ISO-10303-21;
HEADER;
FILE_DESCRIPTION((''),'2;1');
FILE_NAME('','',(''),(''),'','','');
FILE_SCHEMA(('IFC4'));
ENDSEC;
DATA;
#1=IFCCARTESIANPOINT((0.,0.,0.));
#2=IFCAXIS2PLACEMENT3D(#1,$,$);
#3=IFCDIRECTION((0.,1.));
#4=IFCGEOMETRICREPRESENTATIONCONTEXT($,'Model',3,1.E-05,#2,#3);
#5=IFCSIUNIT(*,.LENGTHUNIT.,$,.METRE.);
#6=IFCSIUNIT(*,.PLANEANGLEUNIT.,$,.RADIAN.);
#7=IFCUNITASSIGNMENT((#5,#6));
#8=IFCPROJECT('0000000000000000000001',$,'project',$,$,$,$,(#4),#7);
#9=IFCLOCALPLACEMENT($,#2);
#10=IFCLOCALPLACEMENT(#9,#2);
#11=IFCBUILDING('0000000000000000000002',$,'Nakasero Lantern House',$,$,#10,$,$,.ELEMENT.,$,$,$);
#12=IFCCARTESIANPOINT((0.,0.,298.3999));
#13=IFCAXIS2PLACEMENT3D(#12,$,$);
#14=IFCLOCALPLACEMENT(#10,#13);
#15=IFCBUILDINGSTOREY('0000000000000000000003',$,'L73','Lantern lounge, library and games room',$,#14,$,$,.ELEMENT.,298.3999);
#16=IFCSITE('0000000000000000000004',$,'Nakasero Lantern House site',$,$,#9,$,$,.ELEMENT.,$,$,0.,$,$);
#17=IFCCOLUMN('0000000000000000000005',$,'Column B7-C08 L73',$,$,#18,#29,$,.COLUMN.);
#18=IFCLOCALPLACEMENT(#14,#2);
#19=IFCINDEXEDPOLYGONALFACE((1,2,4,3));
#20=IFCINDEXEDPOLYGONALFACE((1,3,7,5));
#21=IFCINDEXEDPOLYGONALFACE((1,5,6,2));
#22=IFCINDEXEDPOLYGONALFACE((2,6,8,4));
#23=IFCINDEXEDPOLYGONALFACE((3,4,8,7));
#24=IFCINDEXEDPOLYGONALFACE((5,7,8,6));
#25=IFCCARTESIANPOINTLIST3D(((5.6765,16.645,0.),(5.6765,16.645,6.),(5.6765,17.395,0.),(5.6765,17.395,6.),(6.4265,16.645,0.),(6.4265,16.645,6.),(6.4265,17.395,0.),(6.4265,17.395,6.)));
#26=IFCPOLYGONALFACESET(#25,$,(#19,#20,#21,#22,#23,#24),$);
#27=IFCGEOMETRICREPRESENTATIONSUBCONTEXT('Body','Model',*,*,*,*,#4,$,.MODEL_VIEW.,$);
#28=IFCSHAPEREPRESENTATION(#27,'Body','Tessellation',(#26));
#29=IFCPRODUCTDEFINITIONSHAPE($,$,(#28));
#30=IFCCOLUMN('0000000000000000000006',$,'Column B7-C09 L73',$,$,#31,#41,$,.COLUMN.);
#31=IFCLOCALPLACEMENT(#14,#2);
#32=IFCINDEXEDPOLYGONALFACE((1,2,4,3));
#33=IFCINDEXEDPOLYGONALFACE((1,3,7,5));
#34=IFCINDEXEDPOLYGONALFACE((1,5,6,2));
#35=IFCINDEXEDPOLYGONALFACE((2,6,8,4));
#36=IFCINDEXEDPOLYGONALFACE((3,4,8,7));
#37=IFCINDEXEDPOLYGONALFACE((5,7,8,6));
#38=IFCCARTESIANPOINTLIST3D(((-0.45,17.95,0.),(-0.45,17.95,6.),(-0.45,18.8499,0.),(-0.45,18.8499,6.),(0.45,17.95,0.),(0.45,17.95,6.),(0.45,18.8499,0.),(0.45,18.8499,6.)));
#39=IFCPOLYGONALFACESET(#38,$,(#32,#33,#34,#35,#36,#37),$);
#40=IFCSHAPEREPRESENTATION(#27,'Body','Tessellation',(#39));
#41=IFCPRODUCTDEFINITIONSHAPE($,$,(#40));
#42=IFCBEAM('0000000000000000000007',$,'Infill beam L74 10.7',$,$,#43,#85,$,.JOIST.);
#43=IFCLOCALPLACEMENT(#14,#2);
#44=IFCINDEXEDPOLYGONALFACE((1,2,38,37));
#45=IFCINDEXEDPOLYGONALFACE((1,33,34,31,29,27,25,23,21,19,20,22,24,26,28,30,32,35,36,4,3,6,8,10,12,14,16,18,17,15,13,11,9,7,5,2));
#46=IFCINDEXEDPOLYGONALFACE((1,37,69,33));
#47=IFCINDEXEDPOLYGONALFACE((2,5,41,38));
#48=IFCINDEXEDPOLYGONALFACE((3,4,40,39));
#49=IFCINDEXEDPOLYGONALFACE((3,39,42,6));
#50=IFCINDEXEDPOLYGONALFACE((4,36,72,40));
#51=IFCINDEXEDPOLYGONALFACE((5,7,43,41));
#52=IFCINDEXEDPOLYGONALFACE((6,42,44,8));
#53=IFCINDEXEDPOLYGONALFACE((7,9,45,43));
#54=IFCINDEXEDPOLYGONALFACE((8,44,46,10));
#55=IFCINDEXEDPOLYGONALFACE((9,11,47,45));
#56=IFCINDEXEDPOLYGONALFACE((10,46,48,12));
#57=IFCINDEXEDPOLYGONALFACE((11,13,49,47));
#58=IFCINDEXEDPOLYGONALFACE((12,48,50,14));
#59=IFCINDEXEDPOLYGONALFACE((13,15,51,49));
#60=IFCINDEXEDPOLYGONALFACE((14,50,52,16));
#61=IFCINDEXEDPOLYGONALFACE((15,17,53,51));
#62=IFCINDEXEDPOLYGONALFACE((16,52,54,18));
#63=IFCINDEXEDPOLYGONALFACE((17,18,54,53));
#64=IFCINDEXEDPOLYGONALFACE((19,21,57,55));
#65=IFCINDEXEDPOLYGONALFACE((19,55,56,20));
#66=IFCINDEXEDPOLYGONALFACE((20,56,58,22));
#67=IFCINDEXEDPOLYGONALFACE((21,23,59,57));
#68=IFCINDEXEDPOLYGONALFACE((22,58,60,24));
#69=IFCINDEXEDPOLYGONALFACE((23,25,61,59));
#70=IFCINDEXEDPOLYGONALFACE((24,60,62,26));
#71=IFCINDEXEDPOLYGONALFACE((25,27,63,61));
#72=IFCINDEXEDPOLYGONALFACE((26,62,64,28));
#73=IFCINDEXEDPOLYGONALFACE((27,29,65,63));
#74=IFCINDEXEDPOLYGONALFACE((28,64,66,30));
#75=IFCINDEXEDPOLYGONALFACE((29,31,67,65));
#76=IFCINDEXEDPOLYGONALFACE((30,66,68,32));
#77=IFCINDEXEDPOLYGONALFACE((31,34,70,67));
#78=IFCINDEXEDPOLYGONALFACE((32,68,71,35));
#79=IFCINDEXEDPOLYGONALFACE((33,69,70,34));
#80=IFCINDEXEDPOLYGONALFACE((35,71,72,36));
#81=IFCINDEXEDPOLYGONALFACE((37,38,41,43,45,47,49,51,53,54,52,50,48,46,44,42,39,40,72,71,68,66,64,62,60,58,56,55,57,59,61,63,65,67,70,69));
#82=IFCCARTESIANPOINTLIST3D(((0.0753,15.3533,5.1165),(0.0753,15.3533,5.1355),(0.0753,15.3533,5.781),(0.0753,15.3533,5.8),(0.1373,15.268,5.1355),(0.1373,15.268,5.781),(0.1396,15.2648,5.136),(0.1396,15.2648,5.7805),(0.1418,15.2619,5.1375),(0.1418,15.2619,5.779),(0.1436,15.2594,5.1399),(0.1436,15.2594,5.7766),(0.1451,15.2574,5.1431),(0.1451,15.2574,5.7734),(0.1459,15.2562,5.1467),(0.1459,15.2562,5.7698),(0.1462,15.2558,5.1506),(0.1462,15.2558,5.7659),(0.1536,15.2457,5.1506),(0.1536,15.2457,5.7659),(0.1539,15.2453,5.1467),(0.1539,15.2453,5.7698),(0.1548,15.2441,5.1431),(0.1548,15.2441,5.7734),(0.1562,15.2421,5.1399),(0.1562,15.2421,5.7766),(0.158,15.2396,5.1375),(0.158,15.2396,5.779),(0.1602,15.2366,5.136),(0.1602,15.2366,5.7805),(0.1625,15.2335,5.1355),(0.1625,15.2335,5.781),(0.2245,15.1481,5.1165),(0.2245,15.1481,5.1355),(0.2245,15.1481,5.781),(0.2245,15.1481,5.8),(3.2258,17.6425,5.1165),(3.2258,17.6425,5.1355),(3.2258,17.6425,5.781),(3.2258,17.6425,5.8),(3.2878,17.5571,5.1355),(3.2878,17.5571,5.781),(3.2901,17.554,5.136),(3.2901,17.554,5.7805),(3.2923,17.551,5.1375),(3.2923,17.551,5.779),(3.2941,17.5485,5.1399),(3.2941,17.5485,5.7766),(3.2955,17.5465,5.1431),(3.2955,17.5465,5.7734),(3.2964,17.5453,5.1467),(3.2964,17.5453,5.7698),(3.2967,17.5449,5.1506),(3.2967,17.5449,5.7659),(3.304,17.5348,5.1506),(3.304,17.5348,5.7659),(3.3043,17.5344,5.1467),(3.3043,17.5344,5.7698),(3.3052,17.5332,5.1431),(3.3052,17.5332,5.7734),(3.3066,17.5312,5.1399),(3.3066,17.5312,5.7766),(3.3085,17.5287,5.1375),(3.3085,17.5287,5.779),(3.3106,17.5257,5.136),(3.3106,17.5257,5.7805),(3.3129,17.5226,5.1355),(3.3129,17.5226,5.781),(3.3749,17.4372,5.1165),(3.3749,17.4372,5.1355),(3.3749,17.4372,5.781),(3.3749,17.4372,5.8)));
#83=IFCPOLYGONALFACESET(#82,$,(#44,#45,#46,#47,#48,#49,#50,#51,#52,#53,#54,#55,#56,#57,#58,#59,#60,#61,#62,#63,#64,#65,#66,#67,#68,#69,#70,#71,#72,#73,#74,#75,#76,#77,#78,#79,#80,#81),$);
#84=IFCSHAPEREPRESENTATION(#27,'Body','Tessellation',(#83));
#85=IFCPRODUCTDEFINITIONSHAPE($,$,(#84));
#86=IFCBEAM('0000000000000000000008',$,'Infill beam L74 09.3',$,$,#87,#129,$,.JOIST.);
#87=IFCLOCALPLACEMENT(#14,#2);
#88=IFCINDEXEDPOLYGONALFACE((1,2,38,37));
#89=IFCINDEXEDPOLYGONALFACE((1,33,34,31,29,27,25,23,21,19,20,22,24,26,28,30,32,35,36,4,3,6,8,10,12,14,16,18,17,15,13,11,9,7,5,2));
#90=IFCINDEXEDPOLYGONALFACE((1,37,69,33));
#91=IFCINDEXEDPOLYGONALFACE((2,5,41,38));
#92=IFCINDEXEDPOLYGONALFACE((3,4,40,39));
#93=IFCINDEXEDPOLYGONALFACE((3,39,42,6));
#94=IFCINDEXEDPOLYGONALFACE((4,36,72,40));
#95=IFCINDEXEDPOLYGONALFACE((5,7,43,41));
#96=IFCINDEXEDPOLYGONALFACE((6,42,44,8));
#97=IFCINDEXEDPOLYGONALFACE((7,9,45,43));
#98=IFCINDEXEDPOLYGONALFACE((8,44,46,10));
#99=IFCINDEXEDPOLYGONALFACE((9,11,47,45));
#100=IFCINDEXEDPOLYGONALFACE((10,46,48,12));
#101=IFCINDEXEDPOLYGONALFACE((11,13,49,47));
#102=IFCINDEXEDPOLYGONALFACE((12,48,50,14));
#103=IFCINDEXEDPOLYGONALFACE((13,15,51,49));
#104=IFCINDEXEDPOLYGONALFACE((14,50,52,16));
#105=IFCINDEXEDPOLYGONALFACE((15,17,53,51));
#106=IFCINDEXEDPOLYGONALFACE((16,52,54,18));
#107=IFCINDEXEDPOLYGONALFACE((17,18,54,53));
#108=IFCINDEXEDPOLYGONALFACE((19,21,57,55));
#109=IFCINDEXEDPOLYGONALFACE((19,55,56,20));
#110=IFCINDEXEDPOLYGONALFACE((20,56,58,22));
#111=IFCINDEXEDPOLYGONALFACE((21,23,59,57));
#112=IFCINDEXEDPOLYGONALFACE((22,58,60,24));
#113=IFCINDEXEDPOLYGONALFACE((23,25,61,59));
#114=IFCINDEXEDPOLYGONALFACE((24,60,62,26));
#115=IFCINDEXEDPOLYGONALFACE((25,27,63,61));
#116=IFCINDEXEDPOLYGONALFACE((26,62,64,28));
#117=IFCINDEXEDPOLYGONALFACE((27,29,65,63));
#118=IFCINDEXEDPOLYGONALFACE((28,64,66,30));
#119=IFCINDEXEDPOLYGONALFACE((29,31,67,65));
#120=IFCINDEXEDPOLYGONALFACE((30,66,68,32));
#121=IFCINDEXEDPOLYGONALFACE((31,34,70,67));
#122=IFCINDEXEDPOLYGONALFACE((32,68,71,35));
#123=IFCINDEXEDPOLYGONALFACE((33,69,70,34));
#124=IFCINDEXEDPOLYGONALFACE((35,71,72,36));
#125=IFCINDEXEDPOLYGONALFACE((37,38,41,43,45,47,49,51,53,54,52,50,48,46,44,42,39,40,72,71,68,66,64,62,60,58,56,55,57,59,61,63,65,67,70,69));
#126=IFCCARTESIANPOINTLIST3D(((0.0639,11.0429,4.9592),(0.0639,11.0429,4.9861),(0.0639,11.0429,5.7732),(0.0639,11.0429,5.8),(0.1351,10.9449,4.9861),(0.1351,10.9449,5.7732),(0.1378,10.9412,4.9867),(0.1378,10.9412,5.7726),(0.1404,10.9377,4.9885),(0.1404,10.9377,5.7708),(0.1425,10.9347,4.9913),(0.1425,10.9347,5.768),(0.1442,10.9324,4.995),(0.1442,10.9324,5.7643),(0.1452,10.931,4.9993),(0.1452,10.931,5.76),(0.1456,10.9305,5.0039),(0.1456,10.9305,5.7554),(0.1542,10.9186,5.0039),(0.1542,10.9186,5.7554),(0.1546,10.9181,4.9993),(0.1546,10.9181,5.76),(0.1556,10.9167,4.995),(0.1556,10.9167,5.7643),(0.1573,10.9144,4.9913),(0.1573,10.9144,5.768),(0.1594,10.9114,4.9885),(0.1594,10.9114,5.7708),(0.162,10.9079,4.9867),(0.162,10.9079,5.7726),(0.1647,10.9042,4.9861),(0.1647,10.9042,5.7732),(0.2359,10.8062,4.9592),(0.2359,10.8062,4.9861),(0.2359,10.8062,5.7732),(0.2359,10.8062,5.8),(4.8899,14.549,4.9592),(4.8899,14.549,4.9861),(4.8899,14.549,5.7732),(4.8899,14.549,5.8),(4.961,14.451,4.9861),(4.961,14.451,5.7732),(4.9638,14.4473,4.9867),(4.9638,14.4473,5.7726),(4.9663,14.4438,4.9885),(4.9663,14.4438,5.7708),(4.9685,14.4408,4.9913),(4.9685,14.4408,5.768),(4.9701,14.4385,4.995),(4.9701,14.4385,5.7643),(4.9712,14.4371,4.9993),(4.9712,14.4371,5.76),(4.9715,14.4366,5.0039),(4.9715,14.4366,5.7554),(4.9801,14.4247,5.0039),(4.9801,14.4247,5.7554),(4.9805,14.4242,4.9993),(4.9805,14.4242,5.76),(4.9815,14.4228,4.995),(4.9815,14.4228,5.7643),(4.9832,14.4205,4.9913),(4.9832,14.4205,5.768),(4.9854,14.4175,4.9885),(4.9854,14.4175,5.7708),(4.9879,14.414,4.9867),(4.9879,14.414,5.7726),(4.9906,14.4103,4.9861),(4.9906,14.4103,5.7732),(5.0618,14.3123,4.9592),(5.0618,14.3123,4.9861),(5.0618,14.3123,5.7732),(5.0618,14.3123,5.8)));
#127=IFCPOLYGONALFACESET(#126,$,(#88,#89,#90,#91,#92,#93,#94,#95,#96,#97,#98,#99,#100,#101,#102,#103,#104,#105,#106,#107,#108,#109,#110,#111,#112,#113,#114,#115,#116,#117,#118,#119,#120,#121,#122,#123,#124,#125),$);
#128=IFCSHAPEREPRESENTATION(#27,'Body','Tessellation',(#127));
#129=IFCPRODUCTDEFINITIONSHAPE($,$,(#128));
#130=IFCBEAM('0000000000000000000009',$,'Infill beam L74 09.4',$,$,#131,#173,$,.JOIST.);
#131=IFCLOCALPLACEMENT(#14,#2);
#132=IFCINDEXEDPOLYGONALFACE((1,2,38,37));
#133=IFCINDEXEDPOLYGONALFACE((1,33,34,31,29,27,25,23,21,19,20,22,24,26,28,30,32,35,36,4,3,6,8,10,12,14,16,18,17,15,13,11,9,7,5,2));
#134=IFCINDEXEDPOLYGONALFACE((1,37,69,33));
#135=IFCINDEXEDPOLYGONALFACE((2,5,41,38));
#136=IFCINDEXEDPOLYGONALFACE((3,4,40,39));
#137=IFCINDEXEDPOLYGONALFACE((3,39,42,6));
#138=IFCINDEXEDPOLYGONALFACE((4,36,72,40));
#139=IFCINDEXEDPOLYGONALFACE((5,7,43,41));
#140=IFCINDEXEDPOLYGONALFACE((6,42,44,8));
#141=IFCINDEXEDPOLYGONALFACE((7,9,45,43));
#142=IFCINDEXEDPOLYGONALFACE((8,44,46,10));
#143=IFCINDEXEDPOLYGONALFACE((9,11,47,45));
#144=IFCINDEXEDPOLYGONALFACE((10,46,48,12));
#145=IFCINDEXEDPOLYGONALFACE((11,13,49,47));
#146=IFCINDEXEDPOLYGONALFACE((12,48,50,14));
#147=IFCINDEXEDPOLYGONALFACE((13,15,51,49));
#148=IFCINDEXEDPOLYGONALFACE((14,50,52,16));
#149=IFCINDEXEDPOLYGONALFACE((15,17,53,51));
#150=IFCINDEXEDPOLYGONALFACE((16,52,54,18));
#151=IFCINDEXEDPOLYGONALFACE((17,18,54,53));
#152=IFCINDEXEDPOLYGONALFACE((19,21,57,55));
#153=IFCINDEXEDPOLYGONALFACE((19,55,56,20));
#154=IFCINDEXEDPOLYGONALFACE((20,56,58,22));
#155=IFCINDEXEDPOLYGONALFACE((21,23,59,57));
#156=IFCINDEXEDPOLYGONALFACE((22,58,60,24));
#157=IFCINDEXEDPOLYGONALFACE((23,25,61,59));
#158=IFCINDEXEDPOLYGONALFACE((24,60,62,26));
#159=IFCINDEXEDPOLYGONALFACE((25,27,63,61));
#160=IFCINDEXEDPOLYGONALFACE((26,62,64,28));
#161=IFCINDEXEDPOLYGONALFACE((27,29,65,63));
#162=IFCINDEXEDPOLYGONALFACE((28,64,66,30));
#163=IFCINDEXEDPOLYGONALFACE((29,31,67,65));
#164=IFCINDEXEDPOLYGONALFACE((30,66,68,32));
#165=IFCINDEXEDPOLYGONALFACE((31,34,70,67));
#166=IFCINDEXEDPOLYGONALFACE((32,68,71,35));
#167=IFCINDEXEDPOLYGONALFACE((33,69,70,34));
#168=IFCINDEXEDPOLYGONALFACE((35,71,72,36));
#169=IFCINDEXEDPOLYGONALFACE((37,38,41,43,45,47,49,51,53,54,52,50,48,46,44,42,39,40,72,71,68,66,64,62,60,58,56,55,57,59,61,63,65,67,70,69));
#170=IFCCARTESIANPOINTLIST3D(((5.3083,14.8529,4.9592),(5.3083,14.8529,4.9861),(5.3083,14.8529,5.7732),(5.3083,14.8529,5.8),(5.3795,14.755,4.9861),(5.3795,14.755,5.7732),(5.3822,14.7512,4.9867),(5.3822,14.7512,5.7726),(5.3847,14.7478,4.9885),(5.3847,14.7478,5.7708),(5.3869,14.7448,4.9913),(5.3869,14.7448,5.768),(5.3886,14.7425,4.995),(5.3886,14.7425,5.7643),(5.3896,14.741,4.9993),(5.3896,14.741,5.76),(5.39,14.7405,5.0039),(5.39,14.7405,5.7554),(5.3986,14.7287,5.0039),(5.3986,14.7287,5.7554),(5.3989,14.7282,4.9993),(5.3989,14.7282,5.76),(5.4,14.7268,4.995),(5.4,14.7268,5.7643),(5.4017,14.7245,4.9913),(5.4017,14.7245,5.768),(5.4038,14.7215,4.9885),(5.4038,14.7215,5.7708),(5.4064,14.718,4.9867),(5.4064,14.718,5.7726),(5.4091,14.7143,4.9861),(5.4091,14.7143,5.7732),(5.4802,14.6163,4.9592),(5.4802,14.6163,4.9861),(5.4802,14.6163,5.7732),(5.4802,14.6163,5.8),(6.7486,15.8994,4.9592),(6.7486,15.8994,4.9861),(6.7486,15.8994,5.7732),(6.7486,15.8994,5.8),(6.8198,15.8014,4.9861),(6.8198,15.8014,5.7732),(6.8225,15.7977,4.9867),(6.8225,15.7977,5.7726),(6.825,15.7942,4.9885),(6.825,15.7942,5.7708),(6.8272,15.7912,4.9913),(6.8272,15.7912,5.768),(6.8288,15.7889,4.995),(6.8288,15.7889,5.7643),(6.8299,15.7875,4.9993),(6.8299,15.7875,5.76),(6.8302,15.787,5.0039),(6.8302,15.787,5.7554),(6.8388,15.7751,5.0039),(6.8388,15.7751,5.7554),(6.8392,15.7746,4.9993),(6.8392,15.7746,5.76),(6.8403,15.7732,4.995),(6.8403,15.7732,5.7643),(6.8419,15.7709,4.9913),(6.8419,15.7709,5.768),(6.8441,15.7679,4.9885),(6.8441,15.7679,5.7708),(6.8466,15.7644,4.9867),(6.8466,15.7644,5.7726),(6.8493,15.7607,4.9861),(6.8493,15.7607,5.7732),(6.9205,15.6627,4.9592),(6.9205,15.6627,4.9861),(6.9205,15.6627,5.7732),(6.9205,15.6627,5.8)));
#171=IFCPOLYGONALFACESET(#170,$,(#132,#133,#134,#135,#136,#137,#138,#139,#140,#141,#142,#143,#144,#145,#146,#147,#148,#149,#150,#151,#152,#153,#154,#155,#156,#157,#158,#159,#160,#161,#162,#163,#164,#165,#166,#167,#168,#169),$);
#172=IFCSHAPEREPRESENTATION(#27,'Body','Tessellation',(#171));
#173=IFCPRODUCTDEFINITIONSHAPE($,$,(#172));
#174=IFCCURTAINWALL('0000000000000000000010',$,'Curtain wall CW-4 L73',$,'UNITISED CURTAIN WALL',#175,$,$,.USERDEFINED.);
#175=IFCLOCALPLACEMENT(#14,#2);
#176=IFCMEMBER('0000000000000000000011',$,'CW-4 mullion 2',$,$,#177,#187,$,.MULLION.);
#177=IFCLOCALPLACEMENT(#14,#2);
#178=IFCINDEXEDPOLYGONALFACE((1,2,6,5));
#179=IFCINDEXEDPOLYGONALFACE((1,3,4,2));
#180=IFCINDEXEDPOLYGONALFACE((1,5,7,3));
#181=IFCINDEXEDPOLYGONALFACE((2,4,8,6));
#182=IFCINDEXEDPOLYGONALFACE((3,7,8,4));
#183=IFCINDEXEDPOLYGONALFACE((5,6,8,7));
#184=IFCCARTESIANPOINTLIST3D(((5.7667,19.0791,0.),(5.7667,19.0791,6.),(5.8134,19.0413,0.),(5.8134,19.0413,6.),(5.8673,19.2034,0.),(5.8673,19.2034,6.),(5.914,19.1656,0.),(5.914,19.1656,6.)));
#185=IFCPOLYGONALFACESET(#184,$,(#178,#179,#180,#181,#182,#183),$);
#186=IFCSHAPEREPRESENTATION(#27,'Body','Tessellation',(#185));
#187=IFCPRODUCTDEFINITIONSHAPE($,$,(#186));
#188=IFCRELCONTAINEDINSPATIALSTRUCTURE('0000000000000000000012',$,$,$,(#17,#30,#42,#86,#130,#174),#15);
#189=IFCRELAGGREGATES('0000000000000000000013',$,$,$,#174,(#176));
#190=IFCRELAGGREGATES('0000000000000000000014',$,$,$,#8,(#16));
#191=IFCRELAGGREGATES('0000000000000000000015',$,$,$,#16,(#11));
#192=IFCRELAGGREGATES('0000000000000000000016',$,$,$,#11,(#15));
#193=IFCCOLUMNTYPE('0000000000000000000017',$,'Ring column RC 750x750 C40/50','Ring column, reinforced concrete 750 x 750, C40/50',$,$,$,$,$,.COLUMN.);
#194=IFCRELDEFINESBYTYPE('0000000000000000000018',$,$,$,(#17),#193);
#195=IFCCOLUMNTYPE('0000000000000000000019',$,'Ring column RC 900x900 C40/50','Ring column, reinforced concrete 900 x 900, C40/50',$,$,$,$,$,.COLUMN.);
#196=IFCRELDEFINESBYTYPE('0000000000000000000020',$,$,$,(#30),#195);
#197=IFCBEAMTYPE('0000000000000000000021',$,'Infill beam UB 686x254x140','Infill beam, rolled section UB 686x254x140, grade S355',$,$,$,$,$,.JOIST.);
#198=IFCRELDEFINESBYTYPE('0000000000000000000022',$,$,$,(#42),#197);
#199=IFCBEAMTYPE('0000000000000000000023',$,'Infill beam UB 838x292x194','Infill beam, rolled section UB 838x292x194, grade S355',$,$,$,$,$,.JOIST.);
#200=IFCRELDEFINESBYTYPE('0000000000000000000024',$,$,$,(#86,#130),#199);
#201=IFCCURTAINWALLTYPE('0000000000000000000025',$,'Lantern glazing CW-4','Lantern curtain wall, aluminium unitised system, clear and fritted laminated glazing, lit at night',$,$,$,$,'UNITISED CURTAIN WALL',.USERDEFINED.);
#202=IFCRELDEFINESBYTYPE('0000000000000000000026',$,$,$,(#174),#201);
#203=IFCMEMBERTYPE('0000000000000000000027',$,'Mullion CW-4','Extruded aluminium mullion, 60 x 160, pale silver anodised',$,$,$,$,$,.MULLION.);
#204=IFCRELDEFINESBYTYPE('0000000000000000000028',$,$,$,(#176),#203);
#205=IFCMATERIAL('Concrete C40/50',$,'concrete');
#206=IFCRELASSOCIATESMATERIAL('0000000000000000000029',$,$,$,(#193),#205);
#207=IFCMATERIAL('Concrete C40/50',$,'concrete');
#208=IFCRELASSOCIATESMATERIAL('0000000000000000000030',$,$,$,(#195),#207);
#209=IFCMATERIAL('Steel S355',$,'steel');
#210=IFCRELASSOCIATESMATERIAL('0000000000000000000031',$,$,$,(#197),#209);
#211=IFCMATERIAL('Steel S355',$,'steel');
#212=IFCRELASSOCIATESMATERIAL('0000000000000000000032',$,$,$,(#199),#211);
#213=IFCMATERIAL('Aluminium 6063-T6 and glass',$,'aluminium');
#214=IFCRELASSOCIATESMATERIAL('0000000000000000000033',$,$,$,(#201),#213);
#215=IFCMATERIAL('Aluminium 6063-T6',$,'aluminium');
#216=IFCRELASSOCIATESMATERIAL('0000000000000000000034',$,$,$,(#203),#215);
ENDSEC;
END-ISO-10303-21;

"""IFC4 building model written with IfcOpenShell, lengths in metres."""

from ifc_helpers import new_model, si_unit, direction, frame, origin, origin_2d, place, context, subcontext, project, spatial, rectangle, i_section, extrude, material, material_profile, profile_set, type_object, element, aggregate, save


model = new_model("IFC4")

# Units and contexts
model_context = context("Model", 3, precision=1e-05, world=origin(), true_north=direction((0.0, 1.0)))
body_context = subcontext(model_context, "Body", "Model", "MODEL_VIEW")
ifc_project = project(units=[si_unit("LENGTHUNIT", "METRE"), si_unit("PLANEANGLEUNIT", "RADIAN")], contexts=[model_context])

# Site, building, storey
site_placement = place(None, origin())
site = spatial("IfcSite", under=ifc_project, at=site_placement, Name="Nakasero Lantern House site", CompositionType="ELEMENT", RefElevation=0.0)
building_placement = place(site_placement, origin())
building = spatial("IfcBuilding", under=site, at=building_placement, Name="Nakasero Lantern House", CompositionType="ELEMENT")
storey_placement = place(building_placement, frame((0.0, 0.0, 298.3999)))
storey = spatial("IfcBuildingStorey", under=building, at=storey_placement, Name="L73", Description="Lantern lounge, library and games room", CompositionType="ELEMENT", Elevation=298.3999)

# Columns
ifc_material_1 = material(Name="Concrete C40/50", Category="concrete")
ifc_material_profile_1 = material_profile(ifc_material_1, rectangle(XDim=0.75, YDim=0.75, at=origin_2d()), Name="RC 750x750")
ifc_profile_set_1 = profile_set([ifc_material_profile_1], Name="Concrete C40/50")
column_type_1 = type_object("IfcColumnType", Name="Ring column RC 750x750 C40/50", Description="Ring column, reinforced concrete 750 x 750, C40/50", PredefinedType="COLUMN", material=ifc_profile_set_1)
column_1_placement = place(storey_placement, frame((6.0515, 17.02, 0.0), z_axis=(0.0, 0.0, 1.0), x_axis=(1.0, 0.0, 0.0)))
element("IfcColumn", 1, at=column_1_placement, inside=storey, type_object=column_type_1, Name="Column B7-C08 L73", PredefinedType="COLUMN", context=body_context, shape_type="SweptSolid", body=[
    extrude(rectangle(XDim=0.75, YDim=0.75, at=origin_2d()), origin(), (0.0, 0.0, 1.0), 6.0),
])
ifc_material_2 = material(Name="Concrete C40/50", Category="concrete")
ifc_material_profile_2 = material_profile(ifc_material_2, rectangle(XDim=0.8999, YDim=0.8999, at=origin_2d()), Name="RC 900x900")
ifc_profile_set_2 = profile_set([ifc_material_profile_2], Name="Concrete C40/50")
column_type_2 = type_object("IfcColumnType", Name="Ring column RC 900x900 C40/50", Description="Ring column, reinforced concrete 900 x 900, C40/50", PredefinedType="COLUMN", material=ifc_profile_set_2)
column_2_placement = place(storey_placement, frame((0.0, 18.3999, 0.0), z_axis=(0.0, 0.0, 1.0), x_axis=(1.0, 0.0, 0.0)))
element("IfcColumn", 2, at=column_2_placement, inside=storey, type_object=column_type_2, Name="Column B7-C09 L73", PredefinedType="COLUMN", context=body_context, shape_type="SweptSolid", body=[
    extrude(rectangle(XDim=0.8999, YDim=0.8999, at=origin_2d()), origin(), (0.0, 0.0, 1.0), 6.0),
])

# Beams
ifc_material_3 = material(Name="Steel S355", Category="steel")
ifc_material_profile_3 = material_profile(ifc_material_3, i_section(OverallWidth=0.2537, OverallDepth=0.6836, WebThickness=0.0125, FlangeThickness=0.019, FilletRadius=0.0151, at=origin_2d()), Name="UB 686x254x140")
ifc_profile_set_3 = profile_set([ifc_material_profile_3], Name="Steel S355")
beam_type_1 = type_object("IfcBeamType", Name="Infill beam UB 686x254x140", Description="Infill beam, rolled section UB 686x254x140, grade S355", PredefinedType="JOIST", material=ifc_profile_set_3)
beam_1_placement = place(storey_placement, frame((0.1499, 15.2507, 5.4583), z_axis=(0.808996, 0.587814, 0.0), x_axis=(-0.587814, 0.808996, 0.0)))
element("IfcBeam", 3, at=beam_1_placement, inside=storey, type_object=beam_type_1, Name="Infill beam L74 10.7", PredefinedType="JOIST", context=body_context, shape_type="SweptSolid", body=[
    extrude(i_section(OverallWidth=0.2537, OverallDepth=0.6836, WebThickness=0.0125, FlangeThickness=0.019, FilletRadius=0.0151, at=origin_2d()), origin(), (0.0, 0.0, 1.0), 3.8943),
])
ifc_material_4 = material(Name="Steel S355", Category="steel")
ifc_material_profile_4 = material_profile(ifc_material_4, i_section(OverallWidth=0.2925, OverallDepth=0.8408, WebThickness=0.0146, FlangeThickness=0.0269, FilletRadius=0.0178, at=origin_2d()), Name="UB 838x292x194")
ifc_profile_set_4 = profile_set([ifc_material_profile_4], Name="Steel S355")
beam_type_2 = type_object("IfcBeamType", Name="Infill beam UB 838x292x194", Description="Infill beam, rolled section UB 838x292x194, grade S355", PredefinedType="JOIST", material=ifc_profile_set_4)
beam_2_placement = place(storey_placement, frame((0.1499, 10.9246, 5.3796), z_axis=(0.809028, 0.58777, 0.0), x_axis=(-0.58777, 0.809028, 0.0)))
element("IfcBeam", 4, at=beam_2_placement, inside=storey, type_object=beam_type_2, Name="Infill beam L74 09.3", PredefinedType="JOIST", context=body_context, shape_type="SweptSolid", body=[
    extrude(i_section(OverallWidth=0.2925, OverallDepth=0.8408, WebThickness=0.0146, FlangeThickness=0.0269, FilletRadius=0.0178, at=origin_2d()), origin(), (0.0, 0.0, 1.0), 5.9651),
])
beam_3_placement = place(storey_placement, frame((5.3943, 14.7346, 5.3796), z_axis=(0.809009, 0.587797, 0.0), x_axis=(-0.587797, 0.809009, 0.0)))
element("IfcBeam", 5, at=beam_3_placement, inside=storey, type_object=beam_type_2, Name="Infill beam L74 09.4", PredefinedType="JOIST", context=body_context, shape_type="SweptSolid", body=[
    extrude(i_section(OverallWidth=0.2925, OverallDepth=0.8408, WebThickness=0.0146, FlangeThickness=0.0269, FilletRadius=0.0178, at=origin_2d()), origin(), (0.0, 0.0, 1.0), 1.7803),
])

# Curtain wall, member
ifc_material_5 = material(Name="Aluminium 6063-T6 and glass", Category="aluminium")
curtain_wall_type = type_object("IfcCurtainWallType", Name="Lantern glazing CW-4", Description="Lantern curtain wall, aluminium unitised system, clear and fritted laminated glazing, lit at night", ElementType="UNITISED CURTAIN WALL", PredefinedType="USERDEFINED", material=ifc_material_5)
curtain_wall_1_placement = place(storey_placement, origin())
curtain_wall_1 = element("IfcCurtainWall", 6, at=curtain_wall_1_placement, inside=storey, type_object=curtain_wall_type, Name="Curtain wall CW-4 L73", ObjectType="UNITISED CURTAIN WALL", PredefinedType="USERDEFINED")
ifc_material_6 = material(Name="Aluminium 6063-T6", Category="aluminium")
ifc_material_profile_5 = material_profile(ifc_material_6, rectangle(XDim=0.0601, YDim=0.1599, at=origin_2d()), Name="CW-4 mullion 60x160")
ifc_profile_set_5 = profile_set([ifc_material_profile_5], Name="Aluminium 6063-T6")
member_type_1 = type_object("IfcMemberType", Name="Mullion CW-4", Description="Extruded aluminium mullion, 60 x 160, pale silver anodised", PredefinedType="MULLION", material=ifc_profile_set_5)
member_1_placement = place(storey_placement, frame((5.8403, 19.1223, 0.0), z_axis=(0.0, 0.0, 1.0), x_axis=(-0.777146, 0.62932, 0.0)))
member_1 = element("IfcMember", 7, at=member_1_placement, type_object=member_type_1, Name="CW-4 mullion 2", PredefinedType="MULLION", context=body_context, shape_type="SweptSolid", body=[
    extrude(rectangle(XDim=0.0601, YDim=0.1599, at=origin_2d()), origin(), (0.0, 0.0, 1.0), 6.0),
])

aggregate(curtain_wall_1, [member_1])

save(model, "model.ifc")
